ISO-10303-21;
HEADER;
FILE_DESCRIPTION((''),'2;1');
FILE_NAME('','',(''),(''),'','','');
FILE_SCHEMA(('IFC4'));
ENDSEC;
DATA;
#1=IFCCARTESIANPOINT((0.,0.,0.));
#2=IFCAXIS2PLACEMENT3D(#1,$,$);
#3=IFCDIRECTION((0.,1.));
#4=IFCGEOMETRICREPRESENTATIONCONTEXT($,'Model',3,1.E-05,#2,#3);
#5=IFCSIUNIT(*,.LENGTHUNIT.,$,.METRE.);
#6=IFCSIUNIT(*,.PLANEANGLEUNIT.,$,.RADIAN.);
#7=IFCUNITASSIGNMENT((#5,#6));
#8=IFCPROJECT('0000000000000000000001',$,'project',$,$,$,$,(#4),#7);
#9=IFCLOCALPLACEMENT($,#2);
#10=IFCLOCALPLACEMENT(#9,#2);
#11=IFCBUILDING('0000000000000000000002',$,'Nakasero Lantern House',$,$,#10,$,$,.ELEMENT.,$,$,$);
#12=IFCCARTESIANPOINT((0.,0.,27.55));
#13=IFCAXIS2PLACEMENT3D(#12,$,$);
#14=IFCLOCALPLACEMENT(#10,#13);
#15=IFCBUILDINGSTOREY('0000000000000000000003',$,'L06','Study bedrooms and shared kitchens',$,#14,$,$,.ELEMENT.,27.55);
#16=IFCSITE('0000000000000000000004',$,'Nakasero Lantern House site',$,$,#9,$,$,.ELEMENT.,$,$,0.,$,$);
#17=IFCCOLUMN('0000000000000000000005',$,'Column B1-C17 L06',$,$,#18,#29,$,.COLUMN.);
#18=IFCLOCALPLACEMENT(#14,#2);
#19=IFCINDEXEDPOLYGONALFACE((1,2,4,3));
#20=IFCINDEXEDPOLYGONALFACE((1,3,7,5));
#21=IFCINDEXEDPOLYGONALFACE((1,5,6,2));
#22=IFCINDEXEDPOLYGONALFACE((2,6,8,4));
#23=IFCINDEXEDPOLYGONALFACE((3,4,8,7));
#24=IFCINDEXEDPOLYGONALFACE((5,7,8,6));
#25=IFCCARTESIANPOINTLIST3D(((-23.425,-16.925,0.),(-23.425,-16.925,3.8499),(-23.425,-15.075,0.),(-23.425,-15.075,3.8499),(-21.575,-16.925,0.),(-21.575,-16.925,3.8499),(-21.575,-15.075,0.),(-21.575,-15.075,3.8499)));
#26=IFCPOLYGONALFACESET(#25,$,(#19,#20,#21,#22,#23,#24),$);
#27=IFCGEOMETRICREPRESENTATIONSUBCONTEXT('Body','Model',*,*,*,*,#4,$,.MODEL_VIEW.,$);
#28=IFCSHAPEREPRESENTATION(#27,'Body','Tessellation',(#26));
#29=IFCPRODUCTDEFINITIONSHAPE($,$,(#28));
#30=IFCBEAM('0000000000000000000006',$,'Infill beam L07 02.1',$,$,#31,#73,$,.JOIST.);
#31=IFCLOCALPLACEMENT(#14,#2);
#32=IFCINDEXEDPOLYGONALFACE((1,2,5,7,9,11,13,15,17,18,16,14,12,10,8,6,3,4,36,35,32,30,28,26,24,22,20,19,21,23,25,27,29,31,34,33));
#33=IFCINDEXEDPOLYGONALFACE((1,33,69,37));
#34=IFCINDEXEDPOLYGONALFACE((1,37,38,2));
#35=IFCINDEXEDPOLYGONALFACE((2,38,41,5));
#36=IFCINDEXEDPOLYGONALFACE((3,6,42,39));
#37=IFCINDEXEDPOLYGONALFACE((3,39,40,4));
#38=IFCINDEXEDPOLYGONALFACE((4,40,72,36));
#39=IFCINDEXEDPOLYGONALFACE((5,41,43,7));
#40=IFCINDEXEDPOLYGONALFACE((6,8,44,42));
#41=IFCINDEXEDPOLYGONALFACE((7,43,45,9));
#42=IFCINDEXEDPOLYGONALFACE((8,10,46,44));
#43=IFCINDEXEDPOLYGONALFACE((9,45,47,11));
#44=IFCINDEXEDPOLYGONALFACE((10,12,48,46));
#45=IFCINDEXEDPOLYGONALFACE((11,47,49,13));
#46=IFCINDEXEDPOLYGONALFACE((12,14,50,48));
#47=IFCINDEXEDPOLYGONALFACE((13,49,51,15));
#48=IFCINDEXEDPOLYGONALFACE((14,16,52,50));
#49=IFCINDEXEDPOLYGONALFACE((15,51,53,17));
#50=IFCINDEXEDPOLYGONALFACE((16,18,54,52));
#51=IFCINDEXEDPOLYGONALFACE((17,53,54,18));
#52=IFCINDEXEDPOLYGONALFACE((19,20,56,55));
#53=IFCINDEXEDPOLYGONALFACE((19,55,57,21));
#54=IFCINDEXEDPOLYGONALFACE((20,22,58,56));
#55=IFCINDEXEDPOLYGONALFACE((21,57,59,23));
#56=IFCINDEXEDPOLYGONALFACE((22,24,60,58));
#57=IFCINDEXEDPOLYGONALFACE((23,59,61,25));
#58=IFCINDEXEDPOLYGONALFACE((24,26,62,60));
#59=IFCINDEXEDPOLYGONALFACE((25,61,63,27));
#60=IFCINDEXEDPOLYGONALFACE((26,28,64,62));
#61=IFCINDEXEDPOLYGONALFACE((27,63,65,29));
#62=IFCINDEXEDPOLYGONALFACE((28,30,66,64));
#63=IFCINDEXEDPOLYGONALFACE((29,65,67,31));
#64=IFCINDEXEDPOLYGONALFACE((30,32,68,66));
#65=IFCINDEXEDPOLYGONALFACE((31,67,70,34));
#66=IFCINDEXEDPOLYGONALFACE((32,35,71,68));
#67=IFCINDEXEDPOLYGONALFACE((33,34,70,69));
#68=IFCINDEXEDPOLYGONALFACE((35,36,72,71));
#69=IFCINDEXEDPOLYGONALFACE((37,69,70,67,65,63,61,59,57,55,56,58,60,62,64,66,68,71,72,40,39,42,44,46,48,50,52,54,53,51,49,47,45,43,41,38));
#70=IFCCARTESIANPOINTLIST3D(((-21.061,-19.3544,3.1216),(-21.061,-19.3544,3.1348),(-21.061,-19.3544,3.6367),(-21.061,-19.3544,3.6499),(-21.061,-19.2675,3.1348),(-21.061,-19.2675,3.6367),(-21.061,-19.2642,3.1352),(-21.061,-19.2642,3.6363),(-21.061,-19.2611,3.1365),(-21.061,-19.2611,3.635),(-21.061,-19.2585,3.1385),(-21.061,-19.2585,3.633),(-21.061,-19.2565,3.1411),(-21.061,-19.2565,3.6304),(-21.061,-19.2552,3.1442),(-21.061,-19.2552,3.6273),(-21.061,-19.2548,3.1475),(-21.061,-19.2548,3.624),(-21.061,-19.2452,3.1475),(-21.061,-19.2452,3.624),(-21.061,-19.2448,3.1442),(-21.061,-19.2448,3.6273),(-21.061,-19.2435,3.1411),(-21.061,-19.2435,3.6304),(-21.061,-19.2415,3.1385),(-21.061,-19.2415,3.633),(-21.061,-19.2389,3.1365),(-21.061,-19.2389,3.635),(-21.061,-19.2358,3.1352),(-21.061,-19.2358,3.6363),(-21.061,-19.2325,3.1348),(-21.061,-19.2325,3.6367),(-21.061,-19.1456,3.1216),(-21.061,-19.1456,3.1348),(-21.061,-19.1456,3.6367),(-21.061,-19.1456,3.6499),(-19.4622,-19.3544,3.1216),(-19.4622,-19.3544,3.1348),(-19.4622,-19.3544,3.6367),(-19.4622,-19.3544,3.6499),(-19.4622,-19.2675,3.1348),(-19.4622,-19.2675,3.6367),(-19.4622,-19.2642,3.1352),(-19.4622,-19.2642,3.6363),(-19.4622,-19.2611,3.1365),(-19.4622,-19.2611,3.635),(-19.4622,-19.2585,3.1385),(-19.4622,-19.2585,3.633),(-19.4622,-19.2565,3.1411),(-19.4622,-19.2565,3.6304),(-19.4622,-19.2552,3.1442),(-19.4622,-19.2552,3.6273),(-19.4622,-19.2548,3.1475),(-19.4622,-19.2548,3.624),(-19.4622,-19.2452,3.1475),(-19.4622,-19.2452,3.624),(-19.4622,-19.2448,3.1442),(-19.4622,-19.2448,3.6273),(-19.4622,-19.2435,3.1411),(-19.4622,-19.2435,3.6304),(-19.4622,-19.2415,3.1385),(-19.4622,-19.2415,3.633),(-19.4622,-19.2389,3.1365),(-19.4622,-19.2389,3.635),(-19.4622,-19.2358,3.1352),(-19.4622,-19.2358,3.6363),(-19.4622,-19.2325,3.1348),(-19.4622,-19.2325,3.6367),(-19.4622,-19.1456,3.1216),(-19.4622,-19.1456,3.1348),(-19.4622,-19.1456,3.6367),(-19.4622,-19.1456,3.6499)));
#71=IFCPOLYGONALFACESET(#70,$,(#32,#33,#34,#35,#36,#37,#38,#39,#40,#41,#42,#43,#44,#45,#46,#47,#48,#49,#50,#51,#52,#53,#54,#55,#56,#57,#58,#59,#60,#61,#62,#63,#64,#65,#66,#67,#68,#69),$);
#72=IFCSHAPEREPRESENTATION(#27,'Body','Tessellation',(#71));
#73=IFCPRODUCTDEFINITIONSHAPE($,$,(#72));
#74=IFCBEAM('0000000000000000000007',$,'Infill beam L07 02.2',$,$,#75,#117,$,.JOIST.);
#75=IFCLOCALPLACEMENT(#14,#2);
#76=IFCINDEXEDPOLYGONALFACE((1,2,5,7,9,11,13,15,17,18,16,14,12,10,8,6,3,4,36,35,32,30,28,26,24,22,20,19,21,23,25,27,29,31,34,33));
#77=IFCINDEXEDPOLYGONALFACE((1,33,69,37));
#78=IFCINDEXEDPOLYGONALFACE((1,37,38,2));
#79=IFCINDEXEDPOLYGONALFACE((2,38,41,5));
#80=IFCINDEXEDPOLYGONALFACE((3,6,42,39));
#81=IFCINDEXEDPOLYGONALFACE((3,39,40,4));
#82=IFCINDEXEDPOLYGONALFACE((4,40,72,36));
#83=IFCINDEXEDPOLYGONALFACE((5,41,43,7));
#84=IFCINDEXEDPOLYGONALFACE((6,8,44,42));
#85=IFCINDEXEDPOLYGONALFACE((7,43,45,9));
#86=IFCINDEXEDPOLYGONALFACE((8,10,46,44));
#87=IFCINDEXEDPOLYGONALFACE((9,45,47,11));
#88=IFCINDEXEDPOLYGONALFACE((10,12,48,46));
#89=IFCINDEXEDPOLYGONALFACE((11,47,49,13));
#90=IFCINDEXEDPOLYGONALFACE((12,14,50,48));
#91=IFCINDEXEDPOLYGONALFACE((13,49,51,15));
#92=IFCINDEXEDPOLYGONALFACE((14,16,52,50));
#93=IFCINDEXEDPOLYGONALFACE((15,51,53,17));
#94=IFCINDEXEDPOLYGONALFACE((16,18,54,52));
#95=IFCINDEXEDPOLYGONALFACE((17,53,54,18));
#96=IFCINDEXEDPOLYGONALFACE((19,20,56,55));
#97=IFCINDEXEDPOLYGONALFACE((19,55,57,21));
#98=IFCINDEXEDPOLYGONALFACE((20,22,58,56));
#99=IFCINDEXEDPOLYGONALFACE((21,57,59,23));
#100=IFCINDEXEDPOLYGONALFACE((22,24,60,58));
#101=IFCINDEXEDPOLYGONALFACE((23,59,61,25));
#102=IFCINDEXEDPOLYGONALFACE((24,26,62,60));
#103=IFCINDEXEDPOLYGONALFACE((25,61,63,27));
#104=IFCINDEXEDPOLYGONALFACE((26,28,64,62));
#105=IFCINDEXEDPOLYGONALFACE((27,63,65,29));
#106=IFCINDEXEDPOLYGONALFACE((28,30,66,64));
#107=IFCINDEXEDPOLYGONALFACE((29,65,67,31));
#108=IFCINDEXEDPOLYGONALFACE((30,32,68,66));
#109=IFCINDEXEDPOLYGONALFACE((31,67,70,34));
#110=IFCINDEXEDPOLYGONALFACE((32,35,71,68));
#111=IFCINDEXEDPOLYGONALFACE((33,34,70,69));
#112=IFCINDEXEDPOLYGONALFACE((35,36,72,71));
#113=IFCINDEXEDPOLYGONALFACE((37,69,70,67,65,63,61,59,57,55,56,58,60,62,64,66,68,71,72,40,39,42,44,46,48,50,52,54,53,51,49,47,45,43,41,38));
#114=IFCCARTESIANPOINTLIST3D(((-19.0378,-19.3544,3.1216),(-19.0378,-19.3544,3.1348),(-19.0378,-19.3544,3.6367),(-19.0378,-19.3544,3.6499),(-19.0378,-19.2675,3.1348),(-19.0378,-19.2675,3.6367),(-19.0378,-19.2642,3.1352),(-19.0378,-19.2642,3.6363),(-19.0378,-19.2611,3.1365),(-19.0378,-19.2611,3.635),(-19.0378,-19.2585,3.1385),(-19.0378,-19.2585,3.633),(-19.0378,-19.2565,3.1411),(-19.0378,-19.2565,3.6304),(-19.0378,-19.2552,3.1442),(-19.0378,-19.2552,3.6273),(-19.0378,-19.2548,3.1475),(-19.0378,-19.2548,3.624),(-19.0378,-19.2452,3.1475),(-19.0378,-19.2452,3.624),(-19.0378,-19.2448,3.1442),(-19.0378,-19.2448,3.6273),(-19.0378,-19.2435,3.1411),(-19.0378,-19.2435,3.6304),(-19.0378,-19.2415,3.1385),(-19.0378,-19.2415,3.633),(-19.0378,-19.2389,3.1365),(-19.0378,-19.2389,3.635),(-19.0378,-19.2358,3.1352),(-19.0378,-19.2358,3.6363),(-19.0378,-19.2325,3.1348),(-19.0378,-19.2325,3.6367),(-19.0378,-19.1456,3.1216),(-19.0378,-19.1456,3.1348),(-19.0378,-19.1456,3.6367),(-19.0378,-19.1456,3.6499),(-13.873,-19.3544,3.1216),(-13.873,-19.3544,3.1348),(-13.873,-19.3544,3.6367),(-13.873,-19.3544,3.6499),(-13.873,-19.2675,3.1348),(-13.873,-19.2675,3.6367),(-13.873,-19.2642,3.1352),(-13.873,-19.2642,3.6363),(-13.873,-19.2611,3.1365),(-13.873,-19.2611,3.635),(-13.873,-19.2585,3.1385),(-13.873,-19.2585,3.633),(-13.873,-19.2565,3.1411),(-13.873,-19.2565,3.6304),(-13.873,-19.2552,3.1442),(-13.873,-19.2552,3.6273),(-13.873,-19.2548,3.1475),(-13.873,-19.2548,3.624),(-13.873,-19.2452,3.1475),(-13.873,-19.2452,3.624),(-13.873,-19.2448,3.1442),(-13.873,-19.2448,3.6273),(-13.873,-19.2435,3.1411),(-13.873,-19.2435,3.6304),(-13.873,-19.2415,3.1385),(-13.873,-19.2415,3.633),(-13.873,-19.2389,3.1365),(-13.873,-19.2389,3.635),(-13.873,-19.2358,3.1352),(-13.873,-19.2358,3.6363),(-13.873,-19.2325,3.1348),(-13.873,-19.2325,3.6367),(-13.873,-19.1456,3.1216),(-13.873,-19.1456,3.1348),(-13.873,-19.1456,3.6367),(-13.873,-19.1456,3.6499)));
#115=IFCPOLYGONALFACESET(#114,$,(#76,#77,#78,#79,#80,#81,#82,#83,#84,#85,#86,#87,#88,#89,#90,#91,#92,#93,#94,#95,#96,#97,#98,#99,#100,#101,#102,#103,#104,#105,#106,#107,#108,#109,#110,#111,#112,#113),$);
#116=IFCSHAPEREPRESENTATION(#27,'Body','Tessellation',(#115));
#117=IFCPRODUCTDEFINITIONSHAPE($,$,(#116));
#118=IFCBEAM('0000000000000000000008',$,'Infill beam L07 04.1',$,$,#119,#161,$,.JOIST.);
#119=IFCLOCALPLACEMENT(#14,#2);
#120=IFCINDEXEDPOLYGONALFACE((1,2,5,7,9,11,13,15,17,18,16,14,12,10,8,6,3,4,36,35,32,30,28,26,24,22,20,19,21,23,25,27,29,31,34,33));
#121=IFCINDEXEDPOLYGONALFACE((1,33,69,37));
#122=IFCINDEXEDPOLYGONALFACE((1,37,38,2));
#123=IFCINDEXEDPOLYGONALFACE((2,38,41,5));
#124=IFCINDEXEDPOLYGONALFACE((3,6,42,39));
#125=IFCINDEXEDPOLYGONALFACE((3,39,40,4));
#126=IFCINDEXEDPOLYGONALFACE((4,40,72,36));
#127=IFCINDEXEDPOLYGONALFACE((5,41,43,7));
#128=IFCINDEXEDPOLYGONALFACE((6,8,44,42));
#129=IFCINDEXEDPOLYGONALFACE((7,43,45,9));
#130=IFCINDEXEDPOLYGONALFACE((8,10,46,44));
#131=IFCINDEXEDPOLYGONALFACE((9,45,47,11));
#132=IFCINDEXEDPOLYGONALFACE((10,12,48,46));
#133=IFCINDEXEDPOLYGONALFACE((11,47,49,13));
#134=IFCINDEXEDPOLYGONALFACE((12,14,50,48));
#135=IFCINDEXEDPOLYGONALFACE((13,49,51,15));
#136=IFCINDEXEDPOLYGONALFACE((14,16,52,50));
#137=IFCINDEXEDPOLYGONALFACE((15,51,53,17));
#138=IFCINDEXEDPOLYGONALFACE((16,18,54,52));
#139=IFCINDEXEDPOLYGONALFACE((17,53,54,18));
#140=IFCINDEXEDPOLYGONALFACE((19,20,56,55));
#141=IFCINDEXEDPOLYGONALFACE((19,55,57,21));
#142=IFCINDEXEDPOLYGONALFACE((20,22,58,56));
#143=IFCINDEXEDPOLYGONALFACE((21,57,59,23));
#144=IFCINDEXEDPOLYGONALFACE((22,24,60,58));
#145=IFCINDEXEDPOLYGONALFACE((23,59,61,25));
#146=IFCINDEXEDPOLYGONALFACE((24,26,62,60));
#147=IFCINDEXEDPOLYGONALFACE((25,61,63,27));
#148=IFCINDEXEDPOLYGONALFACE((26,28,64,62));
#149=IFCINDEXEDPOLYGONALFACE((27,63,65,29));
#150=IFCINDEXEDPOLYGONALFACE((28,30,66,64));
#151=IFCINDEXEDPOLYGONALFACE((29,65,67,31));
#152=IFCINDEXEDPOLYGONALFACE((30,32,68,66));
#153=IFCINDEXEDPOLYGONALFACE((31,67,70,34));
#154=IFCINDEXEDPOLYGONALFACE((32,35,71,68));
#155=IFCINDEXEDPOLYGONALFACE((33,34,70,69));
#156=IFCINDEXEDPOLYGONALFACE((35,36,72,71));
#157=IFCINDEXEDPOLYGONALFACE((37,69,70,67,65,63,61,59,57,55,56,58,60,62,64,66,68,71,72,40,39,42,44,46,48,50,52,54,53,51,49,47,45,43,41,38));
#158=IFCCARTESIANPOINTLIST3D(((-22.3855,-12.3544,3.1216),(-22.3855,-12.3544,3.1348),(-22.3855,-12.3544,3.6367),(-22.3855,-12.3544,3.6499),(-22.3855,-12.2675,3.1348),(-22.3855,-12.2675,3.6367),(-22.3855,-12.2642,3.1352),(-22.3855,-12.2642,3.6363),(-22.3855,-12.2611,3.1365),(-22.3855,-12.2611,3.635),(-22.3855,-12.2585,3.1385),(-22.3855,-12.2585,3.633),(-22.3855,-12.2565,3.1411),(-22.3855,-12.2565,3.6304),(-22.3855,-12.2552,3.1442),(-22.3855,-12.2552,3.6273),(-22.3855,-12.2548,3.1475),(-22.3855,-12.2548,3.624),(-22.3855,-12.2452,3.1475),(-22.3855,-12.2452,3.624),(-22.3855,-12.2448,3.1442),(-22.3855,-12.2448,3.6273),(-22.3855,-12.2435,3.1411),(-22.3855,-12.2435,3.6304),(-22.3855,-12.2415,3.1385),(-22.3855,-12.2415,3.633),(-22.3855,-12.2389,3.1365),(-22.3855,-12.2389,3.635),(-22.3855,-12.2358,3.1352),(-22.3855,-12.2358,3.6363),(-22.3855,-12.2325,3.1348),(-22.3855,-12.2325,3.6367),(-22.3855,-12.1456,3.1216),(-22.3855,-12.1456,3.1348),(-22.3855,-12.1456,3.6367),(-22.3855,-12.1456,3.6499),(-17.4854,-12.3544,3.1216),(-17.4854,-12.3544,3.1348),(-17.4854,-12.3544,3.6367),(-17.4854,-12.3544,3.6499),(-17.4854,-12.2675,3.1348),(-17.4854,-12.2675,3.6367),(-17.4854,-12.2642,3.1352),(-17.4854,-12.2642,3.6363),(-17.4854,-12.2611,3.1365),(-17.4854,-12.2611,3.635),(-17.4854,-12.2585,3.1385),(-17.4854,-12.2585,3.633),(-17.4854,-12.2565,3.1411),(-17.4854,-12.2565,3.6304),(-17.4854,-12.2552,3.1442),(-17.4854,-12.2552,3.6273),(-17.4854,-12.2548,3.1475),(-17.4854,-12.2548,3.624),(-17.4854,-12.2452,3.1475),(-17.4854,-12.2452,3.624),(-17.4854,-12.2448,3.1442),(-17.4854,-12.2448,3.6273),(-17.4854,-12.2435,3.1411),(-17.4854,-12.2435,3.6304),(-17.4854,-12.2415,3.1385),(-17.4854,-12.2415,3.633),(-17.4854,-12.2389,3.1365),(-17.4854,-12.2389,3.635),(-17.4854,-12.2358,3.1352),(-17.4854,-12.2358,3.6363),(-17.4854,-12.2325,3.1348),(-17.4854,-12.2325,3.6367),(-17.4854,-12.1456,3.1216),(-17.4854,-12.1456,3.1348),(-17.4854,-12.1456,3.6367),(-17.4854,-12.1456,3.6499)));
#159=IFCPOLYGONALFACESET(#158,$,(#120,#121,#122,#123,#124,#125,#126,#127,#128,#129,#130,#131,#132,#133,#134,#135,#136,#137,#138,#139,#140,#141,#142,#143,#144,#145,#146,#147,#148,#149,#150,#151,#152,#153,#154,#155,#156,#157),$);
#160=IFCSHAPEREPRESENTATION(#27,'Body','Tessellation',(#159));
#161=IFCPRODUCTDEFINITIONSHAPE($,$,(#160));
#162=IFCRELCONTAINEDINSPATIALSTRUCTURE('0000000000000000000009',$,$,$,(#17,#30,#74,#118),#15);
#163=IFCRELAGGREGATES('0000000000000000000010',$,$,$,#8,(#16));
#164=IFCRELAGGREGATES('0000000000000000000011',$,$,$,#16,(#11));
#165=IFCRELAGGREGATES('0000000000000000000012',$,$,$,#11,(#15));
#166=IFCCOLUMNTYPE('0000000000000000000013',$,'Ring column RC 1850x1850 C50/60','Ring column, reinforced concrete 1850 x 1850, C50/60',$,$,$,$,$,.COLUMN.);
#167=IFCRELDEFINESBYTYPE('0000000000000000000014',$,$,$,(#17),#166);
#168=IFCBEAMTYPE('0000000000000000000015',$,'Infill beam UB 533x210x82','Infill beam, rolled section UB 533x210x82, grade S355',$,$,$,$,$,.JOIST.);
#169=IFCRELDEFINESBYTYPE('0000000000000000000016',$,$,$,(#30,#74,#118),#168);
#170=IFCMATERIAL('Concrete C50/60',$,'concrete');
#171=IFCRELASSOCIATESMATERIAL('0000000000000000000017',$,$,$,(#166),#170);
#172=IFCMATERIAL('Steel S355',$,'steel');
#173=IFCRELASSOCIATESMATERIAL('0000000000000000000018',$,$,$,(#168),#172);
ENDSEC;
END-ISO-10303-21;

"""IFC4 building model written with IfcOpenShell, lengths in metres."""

from ifc_helpers import new_model, si_unit, direction, frame, origin, origin_2d, place, context, subcontext, project, spatial, rectangle, i_section, extrude, material, material_profile, profile_set, type_object, element, save


model = new_model("IFC4")

# Units and contexts
model_context = context("Model", 3, precision=1e-05, world=origin(), true_north=direction((0.0, 1.0)))
body_context = subcontext(model_context, "Body", "Model", "MODEL_VIEW")
ifc_project = project(units=[si_unit("LENGTHUNIT", "METRE"), si_unit("PLANEANGLEUNIT", "RADIAN")], contexts=[model_context])

# Site, building, storey
site_placement = place(None, origin())
site = spatial("IfcSite", under=ifc_project, at=site_placement, Name="Nakasero Lantern House site", CompositionType="ELEMENT", RefElevation=0.0)
building_placement = place(site_placement, origin())
building = spatial("IfcBuilding", under=site, at=building_placement, Name="Nakasero Lantern House", CompositionType="ELEMENT")
storey_placement = place(building_placement, frame((0.0, 0.0, 27.55)))
storey = spatial("IfcBuildingStorey", under=building, at=storey_placement, Name="L06", Description="Study bedrooms and shared kitchens", CompositionType="ELEMENT", Elevation=27.55)

# Column
ifc_material_1 = material(Name="Concrete C50/60", Category="concrete")
ifc_material_profile_1 = material_profile(ifc_material_1, rectangle(XDim=1.8501, YDim=1.8501, at=origin_2d()), Name="RC 1850x1850")
ifc_profile_set_1 = profile_set([ifc_material_profile_1], Name="Concrete C50/60")
column_type = type_object("IfcColumnType", Name="Ring column RC 1850x1850 C50/60", Description="Ring column, reinforced concrete 1850 x 1850, C50/60", PredefinedType="COLUMN", material=ifc_profile_set_1)
column_placement = place(storey_placement, frame((-22.5, -16.0, 0.0), z_axis=(0.0, 0.0, 1.0), x_axis=(1.0, 0.0, 0.0)))
element("IfcColumn", 1, at=column_placement, inside=storey, type_object=column_type, Name="Column B1-C17 L06", PredefinedType="COLUMN", context=body_context, shape_type="SweptSolid", body=[
    extrude(rectangle(XDim=1.8501, YDim=1.8501, at=origin_2d()), origin(), (0.0, 0.0, 1.0), 3.8499),
])

# Beams
ifc_material_2 = material(Name="Steel S355", Category="steel")
ifc_material_profile_2 = material_profile(ifc_material_2, i_section(OverallWidth=0.2087, OverallDepth=0.5283, WebThickness=0.0095, FlangeThickness=0.0132, FilletRadius=0.0127, at=origin_2d()), Name="UB 533x210x82")
ifc_profile_set_2 = profile_set([ifc_material_profile_2], Name="Steel S355")
beam_type_1 = type_object("IfcBeamType", Name="Infill beam UB 533x210x82", Description="Infill beam, rolled section UB 533x210x82, grade S355", PredefinedType="JOIST", material=ifc_profile_set_2)
beam_1_placement = place(storey_placement, frame((-21.061, -19.25, 3.3857), z_axis=(1.0, 0.0, 0.0), x_axis=(0.0, 1.0, 0.0)))
element("IfcBeam", 2, at=beam_1_placement, inside=storey, type_object=beam_type_1, Name="Infill beam L07 02.1", PredefinedType="JOIST", context=body_context, shape_type="SweptSolid", body=[
    extrude(i_section(OverallWidth=0.2087, OverallDepth=0.5283, WebThickness=0.0095, FlangeThickness=0.0132, FilletRadius=0.0127, at=origin_2d()), origin(), (0.0, 0.0, 1.0), 1.5989),
])
beam_2_placement = place(storey_placement, frame((-19.0378, -19.25, 3.3857), z_axis=(1.0, 0.0, 0.0), x_axis=(0.0, 1.0, 0.0)))
element("IfcBeam", 3, at=beam_2_placement, inside=storey, type_object=beam_type_1, Name="Infill beam L07 02.2", PredefinedType="JOIST", context=body_context, shape_type="SweptSolid", body=[
    extrude(i_section(OverallWidth=0.2087, OverallDepth=0.5283, WebThickness=0.0095, FlangeThickness=0.0132, FilletRadius=0.0127, at=origin_2d()), origin(), (0.0, 0.0, 1.0), 5.1648),
])
beam_3_placement = place(storey_placement, frame((-22.3855, -12.25, 3.3857), z_axis=(1.0, 0.0, 0.0), x_axis=(0.0, 1.0, 0.0)))
element("IfcBeam", 4, at=beam_3_placement, inside=storey, type_object=beam_type_1, Name="Infill beam L07 04.1", PredefinedType="JOIST", context=body_context, shape_type="SweptSolid", body=[
    extrude(i_section(OverallWidth=0.2087, OverallDepth=0.5283, WebThickness=0.0095, FlangeThickness=0.0132, FilletRadius=0.0127, at=origin_2d()), origin(), (0.0, 0.0, 1.0), 4.9001),
])

save(model, "model.ifc")
